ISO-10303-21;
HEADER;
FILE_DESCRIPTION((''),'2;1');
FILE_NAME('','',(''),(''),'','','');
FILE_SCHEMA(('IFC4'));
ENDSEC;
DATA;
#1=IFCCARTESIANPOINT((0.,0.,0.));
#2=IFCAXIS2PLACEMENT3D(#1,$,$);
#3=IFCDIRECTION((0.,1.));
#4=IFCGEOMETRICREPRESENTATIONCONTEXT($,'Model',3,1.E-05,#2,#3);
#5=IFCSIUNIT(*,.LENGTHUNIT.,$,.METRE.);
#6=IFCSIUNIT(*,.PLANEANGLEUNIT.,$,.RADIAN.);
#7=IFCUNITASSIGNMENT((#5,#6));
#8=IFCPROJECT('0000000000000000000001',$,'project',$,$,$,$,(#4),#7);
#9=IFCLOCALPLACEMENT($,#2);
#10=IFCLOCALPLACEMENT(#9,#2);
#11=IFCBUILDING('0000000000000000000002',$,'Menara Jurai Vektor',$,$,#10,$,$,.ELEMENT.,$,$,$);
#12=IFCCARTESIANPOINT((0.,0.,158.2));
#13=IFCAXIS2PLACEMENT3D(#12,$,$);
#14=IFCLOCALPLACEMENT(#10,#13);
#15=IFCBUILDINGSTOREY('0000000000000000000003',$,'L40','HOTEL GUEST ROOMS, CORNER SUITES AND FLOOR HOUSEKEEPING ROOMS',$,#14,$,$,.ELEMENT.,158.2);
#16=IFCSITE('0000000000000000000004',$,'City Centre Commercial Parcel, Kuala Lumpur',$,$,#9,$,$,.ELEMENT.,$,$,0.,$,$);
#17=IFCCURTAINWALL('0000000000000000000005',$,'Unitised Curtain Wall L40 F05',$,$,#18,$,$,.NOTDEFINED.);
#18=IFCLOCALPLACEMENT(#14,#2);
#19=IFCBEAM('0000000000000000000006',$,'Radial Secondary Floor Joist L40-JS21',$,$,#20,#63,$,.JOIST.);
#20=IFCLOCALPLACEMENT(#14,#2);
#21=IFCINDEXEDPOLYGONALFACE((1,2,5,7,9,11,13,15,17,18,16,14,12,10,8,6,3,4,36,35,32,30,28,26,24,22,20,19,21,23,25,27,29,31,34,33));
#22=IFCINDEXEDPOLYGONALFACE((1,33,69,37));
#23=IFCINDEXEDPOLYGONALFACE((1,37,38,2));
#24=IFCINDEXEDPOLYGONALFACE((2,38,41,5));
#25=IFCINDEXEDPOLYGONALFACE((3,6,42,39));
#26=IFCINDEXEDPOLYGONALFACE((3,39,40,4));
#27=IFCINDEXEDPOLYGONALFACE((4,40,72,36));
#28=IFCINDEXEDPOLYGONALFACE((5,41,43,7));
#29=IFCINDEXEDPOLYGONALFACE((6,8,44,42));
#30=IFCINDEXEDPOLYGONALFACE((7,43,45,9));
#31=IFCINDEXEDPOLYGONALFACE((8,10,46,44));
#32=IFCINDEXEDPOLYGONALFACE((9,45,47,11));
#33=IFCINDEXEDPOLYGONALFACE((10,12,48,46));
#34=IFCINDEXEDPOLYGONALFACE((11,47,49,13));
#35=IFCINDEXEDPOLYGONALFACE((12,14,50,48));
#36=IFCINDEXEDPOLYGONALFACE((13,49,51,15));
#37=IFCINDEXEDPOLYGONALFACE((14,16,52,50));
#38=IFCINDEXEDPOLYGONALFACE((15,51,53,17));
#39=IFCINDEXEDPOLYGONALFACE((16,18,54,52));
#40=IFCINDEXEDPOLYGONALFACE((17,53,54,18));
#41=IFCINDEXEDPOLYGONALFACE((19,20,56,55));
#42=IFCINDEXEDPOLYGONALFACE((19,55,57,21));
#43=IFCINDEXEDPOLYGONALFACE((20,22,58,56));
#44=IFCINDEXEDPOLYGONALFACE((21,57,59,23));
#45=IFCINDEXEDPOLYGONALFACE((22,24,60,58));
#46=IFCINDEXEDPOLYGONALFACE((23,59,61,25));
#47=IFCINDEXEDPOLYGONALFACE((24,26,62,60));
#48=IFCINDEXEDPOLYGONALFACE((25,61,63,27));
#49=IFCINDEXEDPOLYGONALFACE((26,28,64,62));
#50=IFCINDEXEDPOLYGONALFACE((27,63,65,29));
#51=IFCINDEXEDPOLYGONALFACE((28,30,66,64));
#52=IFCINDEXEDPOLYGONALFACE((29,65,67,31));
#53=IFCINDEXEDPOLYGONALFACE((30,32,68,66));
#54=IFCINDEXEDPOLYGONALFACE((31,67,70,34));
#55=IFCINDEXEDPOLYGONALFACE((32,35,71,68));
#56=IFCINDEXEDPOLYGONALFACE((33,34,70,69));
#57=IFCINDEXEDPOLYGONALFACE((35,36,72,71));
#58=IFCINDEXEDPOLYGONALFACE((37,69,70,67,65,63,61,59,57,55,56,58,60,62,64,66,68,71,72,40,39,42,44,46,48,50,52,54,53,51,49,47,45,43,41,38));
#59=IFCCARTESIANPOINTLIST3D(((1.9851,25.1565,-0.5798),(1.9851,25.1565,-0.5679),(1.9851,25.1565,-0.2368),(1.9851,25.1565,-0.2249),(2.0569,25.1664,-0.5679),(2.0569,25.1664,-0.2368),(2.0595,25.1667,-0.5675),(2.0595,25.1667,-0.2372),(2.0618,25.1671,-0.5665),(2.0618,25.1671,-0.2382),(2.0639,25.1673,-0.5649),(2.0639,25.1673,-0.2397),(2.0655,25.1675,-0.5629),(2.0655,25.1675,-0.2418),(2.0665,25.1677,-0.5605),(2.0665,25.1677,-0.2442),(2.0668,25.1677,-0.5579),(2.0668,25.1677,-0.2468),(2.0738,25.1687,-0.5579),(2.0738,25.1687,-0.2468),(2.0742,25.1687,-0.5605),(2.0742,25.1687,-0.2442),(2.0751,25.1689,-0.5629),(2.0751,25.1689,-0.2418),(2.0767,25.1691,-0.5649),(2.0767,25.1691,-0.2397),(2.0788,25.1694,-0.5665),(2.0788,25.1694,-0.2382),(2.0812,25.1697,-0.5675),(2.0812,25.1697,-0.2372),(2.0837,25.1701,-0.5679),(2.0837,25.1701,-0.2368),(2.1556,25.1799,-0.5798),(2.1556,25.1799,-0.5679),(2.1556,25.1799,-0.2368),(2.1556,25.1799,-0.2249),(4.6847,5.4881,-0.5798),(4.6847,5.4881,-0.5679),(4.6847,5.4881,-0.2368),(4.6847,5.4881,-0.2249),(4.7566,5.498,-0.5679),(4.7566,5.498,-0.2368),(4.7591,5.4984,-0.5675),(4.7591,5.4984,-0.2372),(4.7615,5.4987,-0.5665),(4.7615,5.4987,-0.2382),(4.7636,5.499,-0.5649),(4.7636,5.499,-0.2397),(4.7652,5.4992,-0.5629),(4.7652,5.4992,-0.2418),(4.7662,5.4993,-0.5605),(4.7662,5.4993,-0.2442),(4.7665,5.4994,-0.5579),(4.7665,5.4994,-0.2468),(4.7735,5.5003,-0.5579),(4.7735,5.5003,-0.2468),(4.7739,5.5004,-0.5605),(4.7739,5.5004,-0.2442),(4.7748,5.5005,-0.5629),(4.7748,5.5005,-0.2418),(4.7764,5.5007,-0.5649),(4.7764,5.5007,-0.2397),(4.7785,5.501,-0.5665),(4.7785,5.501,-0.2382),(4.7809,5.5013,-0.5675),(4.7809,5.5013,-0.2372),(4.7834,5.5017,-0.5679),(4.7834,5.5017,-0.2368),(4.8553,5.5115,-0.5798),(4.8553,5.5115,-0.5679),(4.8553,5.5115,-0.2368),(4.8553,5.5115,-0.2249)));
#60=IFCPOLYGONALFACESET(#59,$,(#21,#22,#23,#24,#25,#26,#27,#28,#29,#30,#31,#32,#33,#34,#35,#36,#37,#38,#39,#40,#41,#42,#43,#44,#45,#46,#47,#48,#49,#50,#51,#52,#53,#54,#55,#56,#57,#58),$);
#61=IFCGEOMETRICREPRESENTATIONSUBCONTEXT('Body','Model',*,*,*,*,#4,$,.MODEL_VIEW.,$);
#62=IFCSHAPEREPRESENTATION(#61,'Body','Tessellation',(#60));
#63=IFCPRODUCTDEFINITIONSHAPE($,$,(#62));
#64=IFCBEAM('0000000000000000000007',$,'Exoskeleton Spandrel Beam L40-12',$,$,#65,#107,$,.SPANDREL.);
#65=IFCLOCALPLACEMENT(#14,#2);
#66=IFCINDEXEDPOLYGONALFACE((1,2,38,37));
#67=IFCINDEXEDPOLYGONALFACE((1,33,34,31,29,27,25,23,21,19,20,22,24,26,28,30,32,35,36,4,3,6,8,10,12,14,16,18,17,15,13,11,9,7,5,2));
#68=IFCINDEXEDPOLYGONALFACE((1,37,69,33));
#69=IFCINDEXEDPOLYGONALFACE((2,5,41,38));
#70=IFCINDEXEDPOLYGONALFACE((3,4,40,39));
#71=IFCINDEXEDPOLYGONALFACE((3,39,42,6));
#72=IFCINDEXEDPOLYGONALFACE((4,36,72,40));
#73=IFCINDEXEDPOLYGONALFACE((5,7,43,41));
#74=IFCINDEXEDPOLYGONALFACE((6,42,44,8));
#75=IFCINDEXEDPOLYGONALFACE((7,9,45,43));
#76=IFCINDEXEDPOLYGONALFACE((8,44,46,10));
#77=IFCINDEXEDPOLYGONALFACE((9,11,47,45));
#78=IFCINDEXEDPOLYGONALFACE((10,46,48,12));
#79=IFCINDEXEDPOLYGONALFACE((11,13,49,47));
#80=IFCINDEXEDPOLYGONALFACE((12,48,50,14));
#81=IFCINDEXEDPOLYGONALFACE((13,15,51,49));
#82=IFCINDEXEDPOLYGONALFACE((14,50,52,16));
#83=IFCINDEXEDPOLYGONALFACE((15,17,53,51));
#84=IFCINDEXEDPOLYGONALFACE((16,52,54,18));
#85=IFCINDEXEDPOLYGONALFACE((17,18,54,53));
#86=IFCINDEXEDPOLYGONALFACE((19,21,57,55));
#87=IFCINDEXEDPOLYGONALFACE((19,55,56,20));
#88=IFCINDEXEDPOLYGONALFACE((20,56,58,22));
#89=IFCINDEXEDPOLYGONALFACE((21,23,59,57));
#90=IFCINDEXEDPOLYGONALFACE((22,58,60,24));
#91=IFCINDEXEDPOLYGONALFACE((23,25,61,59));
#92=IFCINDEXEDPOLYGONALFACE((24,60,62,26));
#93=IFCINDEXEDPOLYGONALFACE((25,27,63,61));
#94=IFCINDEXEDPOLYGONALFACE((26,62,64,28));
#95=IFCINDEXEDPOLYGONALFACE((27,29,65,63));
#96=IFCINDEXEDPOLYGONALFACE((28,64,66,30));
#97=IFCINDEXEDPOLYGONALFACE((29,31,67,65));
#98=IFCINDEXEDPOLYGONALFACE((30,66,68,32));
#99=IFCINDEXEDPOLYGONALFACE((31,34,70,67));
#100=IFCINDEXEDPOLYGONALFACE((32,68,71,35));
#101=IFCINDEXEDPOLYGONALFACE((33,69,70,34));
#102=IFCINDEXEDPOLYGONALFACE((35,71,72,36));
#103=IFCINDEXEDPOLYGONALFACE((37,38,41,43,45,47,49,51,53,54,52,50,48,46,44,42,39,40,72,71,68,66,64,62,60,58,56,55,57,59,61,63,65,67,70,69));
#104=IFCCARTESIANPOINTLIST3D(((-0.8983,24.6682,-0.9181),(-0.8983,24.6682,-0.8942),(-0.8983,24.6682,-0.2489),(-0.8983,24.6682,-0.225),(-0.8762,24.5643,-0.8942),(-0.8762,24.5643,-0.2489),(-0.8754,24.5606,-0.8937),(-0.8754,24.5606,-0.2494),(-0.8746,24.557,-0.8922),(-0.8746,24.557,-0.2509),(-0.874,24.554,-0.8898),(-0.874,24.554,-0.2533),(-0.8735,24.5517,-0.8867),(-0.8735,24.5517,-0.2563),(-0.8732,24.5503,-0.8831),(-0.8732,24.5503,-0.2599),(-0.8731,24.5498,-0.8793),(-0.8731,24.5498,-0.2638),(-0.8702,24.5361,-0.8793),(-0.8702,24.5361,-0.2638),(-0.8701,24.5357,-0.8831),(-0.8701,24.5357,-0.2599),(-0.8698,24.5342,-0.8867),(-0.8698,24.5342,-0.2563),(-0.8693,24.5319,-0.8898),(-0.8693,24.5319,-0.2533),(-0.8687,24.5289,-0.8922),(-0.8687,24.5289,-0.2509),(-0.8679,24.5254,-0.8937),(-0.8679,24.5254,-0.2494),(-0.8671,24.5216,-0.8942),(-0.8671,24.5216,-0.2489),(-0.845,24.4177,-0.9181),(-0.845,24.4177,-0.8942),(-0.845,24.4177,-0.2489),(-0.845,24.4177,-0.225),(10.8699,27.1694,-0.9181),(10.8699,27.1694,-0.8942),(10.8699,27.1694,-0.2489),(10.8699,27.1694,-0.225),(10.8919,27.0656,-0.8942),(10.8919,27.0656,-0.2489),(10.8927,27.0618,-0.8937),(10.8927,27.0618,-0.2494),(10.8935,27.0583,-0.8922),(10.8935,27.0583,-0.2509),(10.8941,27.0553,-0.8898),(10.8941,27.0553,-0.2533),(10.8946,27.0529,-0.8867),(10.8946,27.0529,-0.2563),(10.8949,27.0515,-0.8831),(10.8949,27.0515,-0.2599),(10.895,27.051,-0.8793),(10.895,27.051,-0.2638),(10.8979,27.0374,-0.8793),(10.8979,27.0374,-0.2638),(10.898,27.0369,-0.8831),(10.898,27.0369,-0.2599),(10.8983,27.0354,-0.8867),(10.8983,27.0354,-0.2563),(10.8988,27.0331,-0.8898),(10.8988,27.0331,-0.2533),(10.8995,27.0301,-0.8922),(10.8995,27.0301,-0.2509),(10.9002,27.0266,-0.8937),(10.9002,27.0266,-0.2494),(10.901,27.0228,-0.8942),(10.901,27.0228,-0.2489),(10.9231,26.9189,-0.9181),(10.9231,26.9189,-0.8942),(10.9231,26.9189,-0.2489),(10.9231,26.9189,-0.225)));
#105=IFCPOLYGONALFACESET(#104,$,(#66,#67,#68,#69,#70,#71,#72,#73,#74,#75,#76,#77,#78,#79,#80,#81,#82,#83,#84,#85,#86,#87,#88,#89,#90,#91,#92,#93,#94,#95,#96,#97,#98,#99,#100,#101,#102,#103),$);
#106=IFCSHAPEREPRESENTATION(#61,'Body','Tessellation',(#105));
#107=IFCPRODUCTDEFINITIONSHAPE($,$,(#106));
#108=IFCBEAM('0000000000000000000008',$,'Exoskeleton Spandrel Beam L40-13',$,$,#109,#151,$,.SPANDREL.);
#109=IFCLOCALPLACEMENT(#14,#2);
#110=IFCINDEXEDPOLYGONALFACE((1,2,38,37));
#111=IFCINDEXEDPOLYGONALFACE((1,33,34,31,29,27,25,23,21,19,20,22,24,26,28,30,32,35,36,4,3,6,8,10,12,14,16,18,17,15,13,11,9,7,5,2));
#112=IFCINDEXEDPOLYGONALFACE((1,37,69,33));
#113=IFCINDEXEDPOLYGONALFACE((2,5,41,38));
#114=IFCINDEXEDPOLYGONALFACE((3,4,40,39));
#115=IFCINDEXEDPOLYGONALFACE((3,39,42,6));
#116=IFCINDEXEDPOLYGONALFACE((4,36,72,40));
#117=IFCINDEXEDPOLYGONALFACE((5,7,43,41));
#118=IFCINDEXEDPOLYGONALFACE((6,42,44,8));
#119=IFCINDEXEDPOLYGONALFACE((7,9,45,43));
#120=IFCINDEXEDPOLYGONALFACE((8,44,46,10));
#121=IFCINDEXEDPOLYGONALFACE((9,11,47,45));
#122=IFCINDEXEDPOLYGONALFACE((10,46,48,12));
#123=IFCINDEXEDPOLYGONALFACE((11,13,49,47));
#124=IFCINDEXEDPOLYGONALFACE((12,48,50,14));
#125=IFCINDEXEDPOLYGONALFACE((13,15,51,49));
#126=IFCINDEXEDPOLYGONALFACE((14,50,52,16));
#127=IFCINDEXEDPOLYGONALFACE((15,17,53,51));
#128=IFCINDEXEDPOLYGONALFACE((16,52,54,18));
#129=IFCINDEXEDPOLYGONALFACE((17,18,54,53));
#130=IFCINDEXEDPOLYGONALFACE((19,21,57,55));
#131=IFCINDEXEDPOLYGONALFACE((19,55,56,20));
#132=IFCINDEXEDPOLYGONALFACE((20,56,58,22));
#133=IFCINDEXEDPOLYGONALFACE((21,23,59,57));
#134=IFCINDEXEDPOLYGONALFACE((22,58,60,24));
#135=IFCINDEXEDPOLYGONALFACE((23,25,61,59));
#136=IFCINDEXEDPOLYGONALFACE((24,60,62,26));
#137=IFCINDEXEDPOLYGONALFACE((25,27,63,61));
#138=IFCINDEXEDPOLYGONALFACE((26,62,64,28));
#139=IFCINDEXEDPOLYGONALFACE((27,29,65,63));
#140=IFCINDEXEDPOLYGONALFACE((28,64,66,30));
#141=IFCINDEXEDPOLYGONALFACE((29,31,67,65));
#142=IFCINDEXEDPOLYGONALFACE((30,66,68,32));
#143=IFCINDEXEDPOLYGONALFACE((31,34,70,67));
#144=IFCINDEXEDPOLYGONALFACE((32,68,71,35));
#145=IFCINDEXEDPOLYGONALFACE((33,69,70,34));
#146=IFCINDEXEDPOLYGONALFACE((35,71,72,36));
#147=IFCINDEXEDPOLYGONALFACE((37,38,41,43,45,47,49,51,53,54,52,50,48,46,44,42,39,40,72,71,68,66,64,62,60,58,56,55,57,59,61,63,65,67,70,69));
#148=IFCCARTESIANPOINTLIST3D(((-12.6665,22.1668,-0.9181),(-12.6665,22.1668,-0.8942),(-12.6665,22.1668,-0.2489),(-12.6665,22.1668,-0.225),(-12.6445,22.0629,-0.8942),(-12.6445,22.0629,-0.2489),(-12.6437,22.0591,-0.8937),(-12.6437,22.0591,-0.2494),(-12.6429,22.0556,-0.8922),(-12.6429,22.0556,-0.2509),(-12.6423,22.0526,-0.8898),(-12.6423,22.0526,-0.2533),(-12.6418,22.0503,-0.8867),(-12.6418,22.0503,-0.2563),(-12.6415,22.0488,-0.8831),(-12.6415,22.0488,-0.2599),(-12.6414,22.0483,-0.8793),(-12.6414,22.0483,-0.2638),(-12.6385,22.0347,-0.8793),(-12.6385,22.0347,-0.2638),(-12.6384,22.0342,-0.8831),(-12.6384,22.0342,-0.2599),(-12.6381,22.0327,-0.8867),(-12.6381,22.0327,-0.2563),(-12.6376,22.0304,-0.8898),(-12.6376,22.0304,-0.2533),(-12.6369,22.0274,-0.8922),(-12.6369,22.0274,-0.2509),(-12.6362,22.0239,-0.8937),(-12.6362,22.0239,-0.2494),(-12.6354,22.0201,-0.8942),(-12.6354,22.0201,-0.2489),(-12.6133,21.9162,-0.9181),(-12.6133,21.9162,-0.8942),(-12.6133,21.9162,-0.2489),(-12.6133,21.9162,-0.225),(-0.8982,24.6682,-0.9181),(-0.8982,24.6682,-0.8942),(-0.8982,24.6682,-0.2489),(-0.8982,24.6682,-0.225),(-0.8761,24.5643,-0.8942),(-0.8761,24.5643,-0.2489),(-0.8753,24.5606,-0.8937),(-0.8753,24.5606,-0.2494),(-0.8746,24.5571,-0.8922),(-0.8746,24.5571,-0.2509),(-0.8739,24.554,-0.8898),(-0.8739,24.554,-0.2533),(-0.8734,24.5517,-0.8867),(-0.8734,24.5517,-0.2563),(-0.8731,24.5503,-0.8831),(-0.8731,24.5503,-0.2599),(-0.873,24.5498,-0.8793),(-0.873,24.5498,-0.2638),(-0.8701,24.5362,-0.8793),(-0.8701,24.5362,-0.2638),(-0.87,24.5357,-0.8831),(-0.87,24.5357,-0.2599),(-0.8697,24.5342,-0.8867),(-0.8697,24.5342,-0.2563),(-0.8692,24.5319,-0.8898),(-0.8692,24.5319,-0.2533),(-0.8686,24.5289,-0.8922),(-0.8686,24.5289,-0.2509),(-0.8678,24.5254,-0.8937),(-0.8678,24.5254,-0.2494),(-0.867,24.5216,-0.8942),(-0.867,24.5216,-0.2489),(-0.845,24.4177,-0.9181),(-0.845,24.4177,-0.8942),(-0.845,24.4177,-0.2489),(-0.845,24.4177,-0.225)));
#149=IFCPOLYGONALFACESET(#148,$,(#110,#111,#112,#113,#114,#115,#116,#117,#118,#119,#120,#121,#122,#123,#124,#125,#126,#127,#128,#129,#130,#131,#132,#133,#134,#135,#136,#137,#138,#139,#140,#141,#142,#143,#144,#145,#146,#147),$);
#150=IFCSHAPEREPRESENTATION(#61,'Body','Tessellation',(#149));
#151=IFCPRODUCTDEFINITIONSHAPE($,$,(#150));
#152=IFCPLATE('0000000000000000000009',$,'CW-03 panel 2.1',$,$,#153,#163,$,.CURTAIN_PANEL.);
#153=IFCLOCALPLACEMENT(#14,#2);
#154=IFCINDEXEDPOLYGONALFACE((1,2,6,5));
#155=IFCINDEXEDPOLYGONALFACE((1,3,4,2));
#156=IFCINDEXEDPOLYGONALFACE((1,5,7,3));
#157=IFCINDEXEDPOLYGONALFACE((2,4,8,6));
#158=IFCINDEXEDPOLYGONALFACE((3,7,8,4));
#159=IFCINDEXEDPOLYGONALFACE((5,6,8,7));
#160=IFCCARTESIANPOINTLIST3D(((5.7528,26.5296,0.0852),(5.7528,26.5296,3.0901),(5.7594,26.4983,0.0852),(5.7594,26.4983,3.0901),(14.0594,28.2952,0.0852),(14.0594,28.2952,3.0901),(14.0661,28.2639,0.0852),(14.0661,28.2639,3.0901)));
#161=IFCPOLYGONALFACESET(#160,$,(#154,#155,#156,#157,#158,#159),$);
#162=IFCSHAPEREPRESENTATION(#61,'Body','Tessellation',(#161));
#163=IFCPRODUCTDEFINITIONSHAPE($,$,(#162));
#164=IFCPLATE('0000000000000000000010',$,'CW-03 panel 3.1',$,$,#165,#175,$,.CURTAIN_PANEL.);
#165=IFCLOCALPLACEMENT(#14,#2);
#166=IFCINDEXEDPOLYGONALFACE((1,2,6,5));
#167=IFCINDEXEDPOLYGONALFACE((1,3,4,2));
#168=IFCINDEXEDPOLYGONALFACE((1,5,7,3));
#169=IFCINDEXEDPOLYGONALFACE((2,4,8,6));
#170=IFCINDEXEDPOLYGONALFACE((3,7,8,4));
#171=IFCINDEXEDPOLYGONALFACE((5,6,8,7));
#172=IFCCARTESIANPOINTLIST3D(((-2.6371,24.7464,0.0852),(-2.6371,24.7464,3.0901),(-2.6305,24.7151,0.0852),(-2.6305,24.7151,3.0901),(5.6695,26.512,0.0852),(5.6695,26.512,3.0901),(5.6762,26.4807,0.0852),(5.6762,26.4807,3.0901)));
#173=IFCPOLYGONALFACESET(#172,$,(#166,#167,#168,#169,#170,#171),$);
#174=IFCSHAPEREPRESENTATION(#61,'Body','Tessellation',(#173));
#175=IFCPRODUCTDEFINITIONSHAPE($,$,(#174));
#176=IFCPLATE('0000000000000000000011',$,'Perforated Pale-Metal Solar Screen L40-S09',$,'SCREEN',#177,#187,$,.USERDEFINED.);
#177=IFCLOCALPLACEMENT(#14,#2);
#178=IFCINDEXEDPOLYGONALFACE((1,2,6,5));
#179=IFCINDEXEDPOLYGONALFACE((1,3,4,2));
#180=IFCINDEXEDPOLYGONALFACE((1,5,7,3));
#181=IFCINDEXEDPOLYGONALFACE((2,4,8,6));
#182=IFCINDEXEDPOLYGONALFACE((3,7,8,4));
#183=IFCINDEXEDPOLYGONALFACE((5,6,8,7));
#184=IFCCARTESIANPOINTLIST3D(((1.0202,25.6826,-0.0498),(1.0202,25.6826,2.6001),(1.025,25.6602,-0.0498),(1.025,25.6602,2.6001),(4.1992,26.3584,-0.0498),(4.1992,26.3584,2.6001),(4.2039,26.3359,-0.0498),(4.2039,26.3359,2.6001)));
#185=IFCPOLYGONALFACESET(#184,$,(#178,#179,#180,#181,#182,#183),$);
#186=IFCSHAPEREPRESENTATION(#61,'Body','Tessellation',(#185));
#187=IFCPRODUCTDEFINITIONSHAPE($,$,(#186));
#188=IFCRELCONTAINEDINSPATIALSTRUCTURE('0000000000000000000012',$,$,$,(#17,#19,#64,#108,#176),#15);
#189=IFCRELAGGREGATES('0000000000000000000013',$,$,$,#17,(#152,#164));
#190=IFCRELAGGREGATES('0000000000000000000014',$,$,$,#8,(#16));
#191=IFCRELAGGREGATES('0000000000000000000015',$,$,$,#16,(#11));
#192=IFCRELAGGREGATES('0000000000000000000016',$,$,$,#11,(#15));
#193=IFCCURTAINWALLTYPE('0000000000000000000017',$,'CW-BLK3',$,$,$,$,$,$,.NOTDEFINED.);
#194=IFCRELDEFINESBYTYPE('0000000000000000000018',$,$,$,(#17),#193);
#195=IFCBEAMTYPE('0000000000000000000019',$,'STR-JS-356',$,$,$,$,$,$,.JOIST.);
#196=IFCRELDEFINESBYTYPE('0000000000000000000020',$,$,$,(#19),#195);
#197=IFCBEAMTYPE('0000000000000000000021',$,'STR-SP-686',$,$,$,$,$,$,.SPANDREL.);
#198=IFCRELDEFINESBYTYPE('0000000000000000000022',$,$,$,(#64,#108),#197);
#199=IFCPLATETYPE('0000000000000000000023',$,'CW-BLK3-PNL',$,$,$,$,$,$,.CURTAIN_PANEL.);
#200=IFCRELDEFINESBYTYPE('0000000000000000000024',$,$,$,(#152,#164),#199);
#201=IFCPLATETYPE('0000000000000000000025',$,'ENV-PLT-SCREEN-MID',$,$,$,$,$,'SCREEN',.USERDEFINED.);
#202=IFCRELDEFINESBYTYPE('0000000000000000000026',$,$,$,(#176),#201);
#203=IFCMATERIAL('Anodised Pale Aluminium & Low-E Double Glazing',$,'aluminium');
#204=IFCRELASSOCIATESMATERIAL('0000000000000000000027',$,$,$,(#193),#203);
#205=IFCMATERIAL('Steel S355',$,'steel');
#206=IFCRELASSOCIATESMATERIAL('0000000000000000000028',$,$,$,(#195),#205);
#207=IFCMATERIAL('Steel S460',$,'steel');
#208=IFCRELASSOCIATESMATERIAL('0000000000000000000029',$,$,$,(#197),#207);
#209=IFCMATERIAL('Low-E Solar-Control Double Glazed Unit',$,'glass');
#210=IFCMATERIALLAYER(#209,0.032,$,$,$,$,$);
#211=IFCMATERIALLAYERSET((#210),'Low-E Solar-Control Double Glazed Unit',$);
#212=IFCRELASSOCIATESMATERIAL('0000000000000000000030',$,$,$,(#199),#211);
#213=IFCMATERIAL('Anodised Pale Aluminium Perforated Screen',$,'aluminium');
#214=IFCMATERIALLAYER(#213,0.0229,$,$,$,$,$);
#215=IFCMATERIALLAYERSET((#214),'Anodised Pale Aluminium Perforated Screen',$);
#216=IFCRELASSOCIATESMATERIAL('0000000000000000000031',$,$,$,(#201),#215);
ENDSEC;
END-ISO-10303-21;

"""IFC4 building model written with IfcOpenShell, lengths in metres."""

from ifc_helpers import new_model, si_unit, direction, frame, origin, origin_2d, place, context, subcontext, project, spatial, rectangle, i_section, extrude, material, layer, layer_set, material_profile, profile_set, type_object, element, aggregate, save


model = new_model("IFC4")

# Units and contexts
model_context = context("Model", 3, precision=1e-05, world=origin(), true_north=direction((0.0, 1.0)))
body_context = subcontext(model_context, "Body", "Model", "MODEL_VIEW")
ifc_project = project(units=[si_unit("LENGTHUNIT", "METRE"), si_unit("PLANEANGLEUNIT", "RADIAN")], contexts=[model_context])

# Site, building, storey
site_placement = place(None, origin())
site = spatial("IfcSite", under=ifc_project, at=site_placement, Name="City Centre Commercial Parcel, Kuala Lumpur", CompositionType="ELEMENT", RefElevation=0.0)
building_placement = place(site_placement, origin())
building = spatial("IfcBuilding", under=site, at=building_placement, Name="Menara Jurai Vektor", CompositionType="ELEMENT")
storey_placement = place(building_placement, frame((0.0, 0.0, 158.2)))
storey = spatial("IfcBuildingStorey", under=building, at=storey_placement, Name="L40", Description="HOTEL GUEST ROOMS, CORNER SUITES AND FLOOR HOUSEKEEPING ROOMS", CompositionType="ELEMENT", Elevation=158.2)

# Shared definitions
ifc_material_1 = material(Name="Steel S460", Category="steel")

# Curtain wall
ifc_material_2 = material(Name="Anodised Pale Aluminium & Low-E Double Glazing", Category="aluminium")
curtain_wall_type = type_object("IfcCurtainWallType", Name="CW-BLK3", PredefinedType="NOTDEFINED", material=ifc_material_2)
curtain_wall_placement = place(storey_placement, origin())
curtain_wall = element("IfcCurtainWall", 1, at=curtain_wall_placement, inside=storey, type_object=curtain_wall_type, Name="Unitised Curtain Wall L40 F05", PredefinedType="NOTDEFINED")

# Beams
ifc_material_3 = material(Name="Steel S355", Category="steel")
ifc_material_profile_1 = material_profile(ifc_material_3, i_section(OverallWidth=0.1721, OverallDepth=0.355, WebThickness=0.0071, FlangeThickness=0.012, FilletRadius=0.01, at=origin_2d()), Name="UKB 356x171x51")
ifc_profile_set_1 = profile_set([ifc_material_profile_1], Name="Steel S355")
beam_type_1 = type_object("IfcBeamType", Name="STR-JS-356", PredefinedType="JOIST", material=ifc_profile_set_1)
beam_1_placement = place(storey_placement, frame((2.0703, 25.1682, -0.4023), z_axis=(0.135986, -0.990711, 0.0), x_axis=(0.990711, 0.135986, 0.0)))
element("IfcBeam", 2, at=beam_1_placement, inside=storey, type_object=beam_type_1, Name="Radial Secondary Floor Joist L40-JS21", PredefinedType="JOIST", context=body_context, shape_type="SweptSolid", body=[
    extrude(i_section(OverallWidth=0.1721, OverallDepth=0.355, WebThickness=0.0071, FlangeThickness=0.012, FilletRadius=0.01, at=origin_2d()), origin(), (0.0, 0.0, 1.0), 19.8528),
])
ifc_material_profile_2 = material_profile(ifc_material_1, i_section(OverallWidth=0.2561, OverallDepth=0.6931, WebThickness=0.0139, FlangeThickness=0.0239, FilletRadius=0.0149, at=origin_2d()), Name="UKB 686x254x170")
ifc_profile_set_2 = profile_set([ifc_material_profile_2], Name="Steel S460")
beam_type_2 = type_object("IfcBeamType", Name="STR-SP-686", PredefinedType="SPANDREL", material=ifc_profile_set_2)
beam_2_placement = place(storey_placement, frame((10.8965, 27.0442, -0.5715), z_axis=(-0.97815, -0.207899, 0.0), x_axis=(0.207899, -0.97815, 0.0)))
element("IfcBeam", 3, at=beam_2_placement, inside=storey, type_object=beam_type_2, Name="Exoskeleton Spandrel Beam L40-12", PredefinedType="SPANDREL", context=body_context, shape_type="SweptSolid", body=[
    extrude(i_section(OverallWidth=0.2561, OverallDepth=0.6931, WebThickness=0.0139, FlangeThickness=0.0239, FilletRadius=0.0149, at=origin_2d()), origin(), (0.0, 0.0, 1.0), 12.031),
])
beam_3_placement = place(storey_placement, frame((-0.8716, 24.543, -0.5715), z_axis=(-0.978147, -0.207914, 0.0), x_axis=(0.207914, -0.978147, 0.0)))
element("IfcBeam", 4, at=beam_3_placement, inside=storey, type_object=beam_type_2, Name="Exoskeleton Spandrel Beam L40-13", PredefinedType="SPANDREL", context=body_context, shape_type="SweptSolid", body=[
    extrude(i_section(OverallWidth=0.2561, OverallDepth=0.6931, WebThickness=0.0139, FlangeThickness=0.0239, FilletRadius=0.0149, at=origin_2d()), origin(), (0.0, 0.0, 1.0), 12.0312),
])

# Plates
ifc_material_4 = material(Name="Low-E Solar-Control Double Glazed Unit", Category="glass")
ifc_layer_1 = layer(ifc_material_4, 0.032)
ifc_layer_set_1 = layer_set([ifc_layer_1], Name="Low-E Solar-Control Double Glazed Unit")
plate_type_1 = type_object("IfcPlateType", Name="CW-BLK3-PNL", PredefinedType="CURTAIN_PANEL", material=ifc_layer_set_1)
plate_1_placement = place(storey_placement, frame((9.9094, 27.3967, 0.0852), z_axis=(0.0, 0.0, 1.0), x_axis=(-0.978148, -0.207911, 0.0)))
plate_1 = element("IfcPlate", 5, at=plate_1_placement, type_object=plate_type_1, Name="CW-03 panel 2.1", PredefinedType="CURTAIN_PANEL", context=body_context, shape_type="SweptSolid", body=[
    extrude(rectangle(XDim=8.4922, YDim=0.032, at=origin_2d()), origin(), (0.0, 0.0, 1.0), 3.0049),
])
plate_2_placement = place(storey_placement, frame((1.5195, 25.6135, 0.0852), z_axis=(0.0, 0.0, 1.0), x_axis=(-0.978148, -0.207911, 0.0)))
plate_2 = element("IfcPlate", 6, at=plate_2_placement, type_object=plate_type_1, Name="CW-03 panel 3.1", PredefinedType="CURTAIN_PANEL", context=body_context, shape_type="SweptSolid", body=[
    extrude(rectangle(XDim=8.4922, YDim=0.032, at=origin_2d()), origin(), (0.0, 0.0, 1.0), 3.0049),
])
aggregate(curtain_wall, [plate_1, plate_2])
ifc_material_5 = material(Name="Anodised Pale Aluminium Perforated Screen", Category="aluminium")
ifc_layer_2 = layer(ifc_material_5, 0.0229)
ifc_layer_set_2 = layer_set([ifc_layer_2], Name="Anodised Pale Aluminium Perforated Screen")
plate_type_2 = type_object("IfcPlateType", Name="ENV-PLT-SCREEN-MID", ElementType="SCREEN", PredefinedType="USERDEFINED", material=ifc_layer_set_2)
plate_3_placement = place(storey_placement, frame((2.6121, 26.0093, -0.0498), z_axis=(0.0, 0.0, 1.0), x_axis=(-0.978148, -0.207912, 0.0)))
element("IfcPlate", 7, at=plate_3_placement, inside=storey, type_object=plate_type_2, Name="Perforated Pale-Metal Solar Screen L40-S09", ObjectType="SCREEN", PredefinedType="USERDEFINED", context=body_context, shape_type="SweptSolid", body=[
    extrude(rectangle(XDim=3.25, YDim=0.0229, at=origin_2d()), origin(), (0.0, 0.0, 1.0), 2.6499),
])

save(model, "model.ifc")
